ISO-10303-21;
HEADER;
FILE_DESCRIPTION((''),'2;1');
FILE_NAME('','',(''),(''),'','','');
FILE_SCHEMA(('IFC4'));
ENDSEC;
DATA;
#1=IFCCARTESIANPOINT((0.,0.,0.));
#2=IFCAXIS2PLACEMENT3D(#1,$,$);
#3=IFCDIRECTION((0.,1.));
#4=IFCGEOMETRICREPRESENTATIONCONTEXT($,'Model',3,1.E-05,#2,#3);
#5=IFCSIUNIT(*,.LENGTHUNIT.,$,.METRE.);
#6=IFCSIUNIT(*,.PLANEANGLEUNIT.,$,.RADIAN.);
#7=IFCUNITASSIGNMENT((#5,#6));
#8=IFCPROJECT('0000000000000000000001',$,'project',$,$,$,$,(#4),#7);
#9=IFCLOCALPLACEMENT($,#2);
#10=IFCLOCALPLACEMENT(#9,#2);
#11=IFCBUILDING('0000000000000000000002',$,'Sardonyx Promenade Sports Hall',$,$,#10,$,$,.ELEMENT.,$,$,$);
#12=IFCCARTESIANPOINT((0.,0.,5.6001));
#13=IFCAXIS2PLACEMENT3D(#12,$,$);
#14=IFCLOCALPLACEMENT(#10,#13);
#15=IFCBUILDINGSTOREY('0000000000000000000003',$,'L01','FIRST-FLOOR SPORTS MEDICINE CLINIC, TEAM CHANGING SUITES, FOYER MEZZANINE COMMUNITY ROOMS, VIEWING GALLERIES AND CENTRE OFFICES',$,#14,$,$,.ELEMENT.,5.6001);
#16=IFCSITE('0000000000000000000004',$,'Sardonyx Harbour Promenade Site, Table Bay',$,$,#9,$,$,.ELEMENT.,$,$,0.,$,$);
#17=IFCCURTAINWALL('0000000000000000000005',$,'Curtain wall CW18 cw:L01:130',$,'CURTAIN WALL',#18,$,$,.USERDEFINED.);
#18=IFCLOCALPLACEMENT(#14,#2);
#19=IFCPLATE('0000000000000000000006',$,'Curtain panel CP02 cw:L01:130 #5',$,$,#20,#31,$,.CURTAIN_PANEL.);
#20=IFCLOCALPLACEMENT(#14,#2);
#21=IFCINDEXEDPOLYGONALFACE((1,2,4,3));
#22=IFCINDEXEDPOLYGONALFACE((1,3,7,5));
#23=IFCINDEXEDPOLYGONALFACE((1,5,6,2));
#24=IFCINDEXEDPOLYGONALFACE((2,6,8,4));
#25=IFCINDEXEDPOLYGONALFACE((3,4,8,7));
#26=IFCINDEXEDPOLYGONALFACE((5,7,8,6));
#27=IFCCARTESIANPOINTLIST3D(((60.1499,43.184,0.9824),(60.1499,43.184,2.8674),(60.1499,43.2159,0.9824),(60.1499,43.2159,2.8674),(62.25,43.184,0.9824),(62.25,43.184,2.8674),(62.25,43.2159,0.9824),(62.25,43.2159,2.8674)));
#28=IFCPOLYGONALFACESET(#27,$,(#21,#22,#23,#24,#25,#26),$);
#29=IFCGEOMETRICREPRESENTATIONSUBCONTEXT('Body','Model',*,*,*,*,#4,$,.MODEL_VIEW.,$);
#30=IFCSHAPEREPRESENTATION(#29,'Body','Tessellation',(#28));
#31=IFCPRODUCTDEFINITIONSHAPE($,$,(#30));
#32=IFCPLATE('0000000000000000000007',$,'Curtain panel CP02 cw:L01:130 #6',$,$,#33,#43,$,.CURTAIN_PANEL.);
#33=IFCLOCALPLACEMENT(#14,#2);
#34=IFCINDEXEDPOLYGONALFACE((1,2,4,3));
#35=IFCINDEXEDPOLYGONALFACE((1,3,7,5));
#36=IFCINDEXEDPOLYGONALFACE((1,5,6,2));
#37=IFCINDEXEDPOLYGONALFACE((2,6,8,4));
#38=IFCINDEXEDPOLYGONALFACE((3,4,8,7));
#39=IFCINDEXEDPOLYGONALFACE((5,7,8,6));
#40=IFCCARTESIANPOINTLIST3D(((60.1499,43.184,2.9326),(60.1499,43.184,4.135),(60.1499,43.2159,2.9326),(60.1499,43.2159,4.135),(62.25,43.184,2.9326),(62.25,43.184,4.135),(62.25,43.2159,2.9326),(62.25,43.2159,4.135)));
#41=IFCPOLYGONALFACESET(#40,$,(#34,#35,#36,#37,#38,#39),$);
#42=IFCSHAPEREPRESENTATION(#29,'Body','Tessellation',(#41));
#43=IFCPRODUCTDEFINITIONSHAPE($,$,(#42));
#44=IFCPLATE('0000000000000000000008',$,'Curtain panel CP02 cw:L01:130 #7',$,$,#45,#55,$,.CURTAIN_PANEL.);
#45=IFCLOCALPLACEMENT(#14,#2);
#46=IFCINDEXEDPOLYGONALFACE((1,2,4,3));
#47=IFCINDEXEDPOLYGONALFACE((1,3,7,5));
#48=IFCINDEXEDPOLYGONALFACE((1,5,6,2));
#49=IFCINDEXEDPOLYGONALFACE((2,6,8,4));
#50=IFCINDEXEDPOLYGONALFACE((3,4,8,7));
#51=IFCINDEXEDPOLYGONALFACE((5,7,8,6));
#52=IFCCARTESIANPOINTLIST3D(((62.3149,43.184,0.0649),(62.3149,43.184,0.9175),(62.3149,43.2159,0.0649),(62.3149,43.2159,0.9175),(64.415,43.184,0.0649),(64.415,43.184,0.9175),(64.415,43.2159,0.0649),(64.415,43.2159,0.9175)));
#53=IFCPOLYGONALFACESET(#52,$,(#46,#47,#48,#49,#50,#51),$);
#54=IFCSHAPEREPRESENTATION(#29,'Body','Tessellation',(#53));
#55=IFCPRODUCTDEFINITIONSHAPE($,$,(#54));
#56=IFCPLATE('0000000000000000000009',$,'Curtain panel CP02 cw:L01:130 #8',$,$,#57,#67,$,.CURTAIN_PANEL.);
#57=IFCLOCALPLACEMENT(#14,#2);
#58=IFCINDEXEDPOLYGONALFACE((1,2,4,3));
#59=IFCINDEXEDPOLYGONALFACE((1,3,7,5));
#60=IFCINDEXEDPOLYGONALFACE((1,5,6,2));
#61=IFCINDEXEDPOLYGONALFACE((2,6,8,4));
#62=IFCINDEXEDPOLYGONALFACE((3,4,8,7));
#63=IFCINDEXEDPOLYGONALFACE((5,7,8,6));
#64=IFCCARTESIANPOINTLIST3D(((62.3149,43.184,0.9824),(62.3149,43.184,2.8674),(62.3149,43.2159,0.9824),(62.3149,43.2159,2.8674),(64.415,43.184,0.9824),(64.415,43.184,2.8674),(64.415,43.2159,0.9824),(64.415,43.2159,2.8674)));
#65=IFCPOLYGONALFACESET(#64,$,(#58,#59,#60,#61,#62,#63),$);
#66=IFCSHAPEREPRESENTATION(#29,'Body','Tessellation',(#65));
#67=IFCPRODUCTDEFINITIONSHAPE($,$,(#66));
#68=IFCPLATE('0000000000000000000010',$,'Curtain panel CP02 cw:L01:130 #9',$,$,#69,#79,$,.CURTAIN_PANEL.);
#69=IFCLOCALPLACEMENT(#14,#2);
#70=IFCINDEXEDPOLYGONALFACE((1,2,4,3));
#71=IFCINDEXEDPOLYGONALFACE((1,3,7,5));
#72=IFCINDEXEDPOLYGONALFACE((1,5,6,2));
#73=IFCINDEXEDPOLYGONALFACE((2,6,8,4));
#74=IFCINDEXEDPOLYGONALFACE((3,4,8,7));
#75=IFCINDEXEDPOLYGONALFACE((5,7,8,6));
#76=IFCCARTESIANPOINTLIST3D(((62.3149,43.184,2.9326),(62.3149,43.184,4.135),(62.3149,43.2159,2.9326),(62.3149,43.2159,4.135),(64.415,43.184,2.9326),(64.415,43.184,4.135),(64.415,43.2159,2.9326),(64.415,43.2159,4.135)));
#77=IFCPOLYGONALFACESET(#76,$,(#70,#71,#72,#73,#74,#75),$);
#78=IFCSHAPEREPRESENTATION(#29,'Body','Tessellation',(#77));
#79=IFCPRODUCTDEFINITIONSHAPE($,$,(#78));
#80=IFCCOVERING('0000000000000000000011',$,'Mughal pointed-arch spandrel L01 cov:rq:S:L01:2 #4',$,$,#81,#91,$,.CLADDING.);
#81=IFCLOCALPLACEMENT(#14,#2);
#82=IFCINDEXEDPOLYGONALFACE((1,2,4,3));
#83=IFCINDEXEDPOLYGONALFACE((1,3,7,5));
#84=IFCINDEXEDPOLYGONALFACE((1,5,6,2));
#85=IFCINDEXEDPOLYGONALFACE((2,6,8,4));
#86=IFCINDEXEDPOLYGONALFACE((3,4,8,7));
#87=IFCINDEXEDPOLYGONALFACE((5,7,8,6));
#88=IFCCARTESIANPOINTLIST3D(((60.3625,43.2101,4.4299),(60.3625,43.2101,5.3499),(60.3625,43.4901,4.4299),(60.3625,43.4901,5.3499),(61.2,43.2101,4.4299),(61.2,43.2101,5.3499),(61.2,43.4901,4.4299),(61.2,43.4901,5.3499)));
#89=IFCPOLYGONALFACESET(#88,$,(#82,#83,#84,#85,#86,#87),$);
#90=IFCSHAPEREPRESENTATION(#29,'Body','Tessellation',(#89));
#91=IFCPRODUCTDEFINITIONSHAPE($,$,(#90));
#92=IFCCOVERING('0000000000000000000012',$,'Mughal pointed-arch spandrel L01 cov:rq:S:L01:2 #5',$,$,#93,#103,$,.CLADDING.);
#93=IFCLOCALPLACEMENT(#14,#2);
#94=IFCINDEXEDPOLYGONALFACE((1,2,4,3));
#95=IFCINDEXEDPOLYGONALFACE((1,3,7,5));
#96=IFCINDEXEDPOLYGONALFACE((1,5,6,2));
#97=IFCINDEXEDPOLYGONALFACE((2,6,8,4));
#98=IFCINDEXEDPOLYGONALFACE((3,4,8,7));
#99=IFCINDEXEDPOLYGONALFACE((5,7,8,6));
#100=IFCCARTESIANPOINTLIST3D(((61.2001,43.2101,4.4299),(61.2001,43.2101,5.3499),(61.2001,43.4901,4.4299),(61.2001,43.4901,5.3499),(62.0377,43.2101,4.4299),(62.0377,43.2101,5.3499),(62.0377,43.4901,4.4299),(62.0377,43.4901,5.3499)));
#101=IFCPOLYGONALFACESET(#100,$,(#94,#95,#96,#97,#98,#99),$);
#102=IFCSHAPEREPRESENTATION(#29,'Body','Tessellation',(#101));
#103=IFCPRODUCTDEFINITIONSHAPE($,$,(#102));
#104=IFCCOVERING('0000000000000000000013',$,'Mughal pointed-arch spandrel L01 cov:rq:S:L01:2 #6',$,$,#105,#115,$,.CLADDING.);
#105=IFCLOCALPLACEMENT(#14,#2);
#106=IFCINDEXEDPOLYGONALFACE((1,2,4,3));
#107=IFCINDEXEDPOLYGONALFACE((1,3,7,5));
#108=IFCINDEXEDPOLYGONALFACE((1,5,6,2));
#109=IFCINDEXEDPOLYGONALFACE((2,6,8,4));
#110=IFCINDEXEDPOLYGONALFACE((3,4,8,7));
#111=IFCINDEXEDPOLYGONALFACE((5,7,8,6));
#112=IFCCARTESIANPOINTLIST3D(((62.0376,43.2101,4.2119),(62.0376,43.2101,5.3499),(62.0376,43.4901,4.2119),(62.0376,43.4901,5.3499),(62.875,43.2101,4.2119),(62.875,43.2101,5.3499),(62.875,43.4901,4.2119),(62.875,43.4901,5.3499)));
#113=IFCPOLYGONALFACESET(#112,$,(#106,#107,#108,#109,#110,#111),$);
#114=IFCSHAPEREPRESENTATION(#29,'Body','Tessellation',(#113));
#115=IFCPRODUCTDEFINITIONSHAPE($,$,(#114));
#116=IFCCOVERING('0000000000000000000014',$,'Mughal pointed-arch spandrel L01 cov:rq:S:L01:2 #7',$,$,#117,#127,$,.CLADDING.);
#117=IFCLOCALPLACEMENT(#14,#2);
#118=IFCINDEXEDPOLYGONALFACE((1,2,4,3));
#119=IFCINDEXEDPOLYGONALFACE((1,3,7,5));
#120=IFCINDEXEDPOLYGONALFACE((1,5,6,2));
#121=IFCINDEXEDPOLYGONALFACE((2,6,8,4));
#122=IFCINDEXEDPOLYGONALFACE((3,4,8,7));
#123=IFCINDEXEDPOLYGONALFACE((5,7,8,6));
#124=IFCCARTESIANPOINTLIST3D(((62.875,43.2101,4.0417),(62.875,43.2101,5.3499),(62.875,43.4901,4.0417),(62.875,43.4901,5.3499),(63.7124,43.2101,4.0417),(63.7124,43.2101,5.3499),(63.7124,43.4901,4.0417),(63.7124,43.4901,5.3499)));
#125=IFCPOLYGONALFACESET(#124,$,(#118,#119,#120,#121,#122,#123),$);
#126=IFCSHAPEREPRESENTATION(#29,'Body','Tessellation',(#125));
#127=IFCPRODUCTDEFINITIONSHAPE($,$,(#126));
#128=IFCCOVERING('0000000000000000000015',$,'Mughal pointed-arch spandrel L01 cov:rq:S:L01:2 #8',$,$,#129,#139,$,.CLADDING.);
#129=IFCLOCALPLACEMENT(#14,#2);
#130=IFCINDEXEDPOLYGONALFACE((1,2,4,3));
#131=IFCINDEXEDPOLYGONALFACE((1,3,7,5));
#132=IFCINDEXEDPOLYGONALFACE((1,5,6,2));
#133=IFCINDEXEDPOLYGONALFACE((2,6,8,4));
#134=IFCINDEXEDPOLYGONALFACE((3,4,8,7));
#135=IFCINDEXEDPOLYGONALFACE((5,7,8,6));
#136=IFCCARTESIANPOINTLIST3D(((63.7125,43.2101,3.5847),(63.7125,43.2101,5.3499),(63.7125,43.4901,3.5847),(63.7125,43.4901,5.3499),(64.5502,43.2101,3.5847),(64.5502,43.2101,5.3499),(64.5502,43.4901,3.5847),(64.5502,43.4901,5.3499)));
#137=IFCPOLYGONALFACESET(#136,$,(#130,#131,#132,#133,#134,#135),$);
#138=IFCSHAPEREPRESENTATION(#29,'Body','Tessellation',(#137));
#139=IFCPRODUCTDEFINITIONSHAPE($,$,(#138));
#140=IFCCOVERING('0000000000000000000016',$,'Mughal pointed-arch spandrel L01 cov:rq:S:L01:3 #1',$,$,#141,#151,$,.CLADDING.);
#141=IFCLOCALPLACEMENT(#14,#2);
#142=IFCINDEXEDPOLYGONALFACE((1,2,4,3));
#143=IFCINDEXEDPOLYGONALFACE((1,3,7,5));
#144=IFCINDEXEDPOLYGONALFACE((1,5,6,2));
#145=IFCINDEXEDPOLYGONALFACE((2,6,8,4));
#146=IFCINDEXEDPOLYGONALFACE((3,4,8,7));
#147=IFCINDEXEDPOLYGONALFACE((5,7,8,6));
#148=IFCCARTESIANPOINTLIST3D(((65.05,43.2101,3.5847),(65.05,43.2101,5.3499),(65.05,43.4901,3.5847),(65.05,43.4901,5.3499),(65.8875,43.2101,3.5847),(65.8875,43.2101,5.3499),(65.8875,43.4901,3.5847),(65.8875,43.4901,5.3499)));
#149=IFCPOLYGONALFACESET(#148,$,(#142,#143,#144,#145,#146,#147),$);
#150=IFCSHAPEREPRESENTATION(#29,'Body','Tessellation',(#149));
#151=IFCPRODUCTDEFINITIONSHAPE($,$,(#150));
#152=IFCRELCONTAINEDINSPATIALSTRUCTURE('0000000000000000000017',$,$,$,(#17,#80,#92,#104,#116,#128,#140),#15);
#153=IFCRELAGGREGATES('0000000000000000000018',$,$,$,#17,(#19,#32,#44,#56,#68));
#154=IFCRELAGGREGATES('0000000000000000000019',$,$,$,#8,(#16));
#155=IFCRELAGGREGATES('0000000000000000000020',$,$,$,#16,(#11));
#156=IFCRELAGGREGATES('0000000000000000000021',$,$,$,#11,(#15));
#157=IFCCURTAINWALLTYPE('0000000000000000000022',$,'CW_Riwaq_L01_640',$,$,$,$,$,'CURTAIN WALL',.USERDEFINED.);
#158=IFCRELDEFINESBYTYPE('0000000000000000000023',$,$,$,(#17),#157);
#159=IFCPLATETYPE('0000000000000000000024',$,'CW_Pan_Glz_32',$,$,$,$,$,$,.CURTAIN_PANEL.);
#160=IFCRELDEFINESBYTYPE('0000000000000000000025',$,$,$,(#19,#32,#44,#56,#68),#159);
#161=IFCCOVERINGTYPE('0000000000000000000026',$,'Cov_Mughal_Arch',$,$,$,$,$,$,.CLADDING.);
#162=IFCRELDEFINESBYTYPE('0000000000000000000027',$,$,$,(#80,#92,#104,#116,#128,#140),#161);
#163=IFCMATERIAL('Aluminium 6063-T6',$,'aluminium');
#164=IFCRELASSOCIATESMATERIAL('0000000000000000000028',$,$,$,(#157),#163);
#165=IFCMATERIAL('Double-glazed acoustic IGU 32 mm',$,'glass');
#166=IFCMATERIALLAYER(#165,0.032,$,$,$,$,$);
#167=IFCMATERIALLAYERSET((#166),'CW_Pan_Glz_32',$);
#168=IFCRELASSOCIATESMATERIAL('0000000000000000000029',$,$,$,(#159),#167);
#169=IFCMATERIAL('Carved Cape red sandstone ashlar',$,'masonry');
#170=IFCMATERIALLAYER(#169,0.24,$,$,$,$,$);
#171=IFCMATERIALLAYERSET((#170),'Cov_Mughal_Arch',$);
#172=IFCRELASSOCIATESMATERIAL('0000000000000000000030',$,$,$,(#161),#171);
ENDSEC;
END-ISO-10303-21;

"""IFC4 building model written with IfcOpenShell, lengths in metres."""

from ifc_helpers import new_model, si_unit, direction, frame, frame_2d, origin, origin_2d, place, context, subcontext, project, spatial, rectangle, extrude, material, layer, layer_set, type_object, element, aggregate, save


model = new_model("IFC4")

# Units and contexts
model_context = context("Model", 3, precision=1e-05, world=origin(), true_north=direction((0.0, 1.0)))
body_context = subcontext(model_context, "Body", "Model", "MODEL_VIEW")
ifc_project = project(units=[si_unit("LENGTHUNIT", "METRE"), si_unit("PLANEANGLEUNIT", "RADIAN")], contexts=[model_context])

# Site, building, storey
site_placement = place(None, origin())
site = spatial("IfcSite", under=ifc_project, at=site_placement, Name="Sardonyx Harbour Promenade Site, Table Bay", CompositionType="ELEMENT", RefElevation=0.0)
building_placement = place(site_placement, origin())
building = spatial("IfcBuilding", under=site, at=building_placement, Name="Sardonyx Promenade Sports Hall", CompositionType="ELEMENT")
storey_placement = place(building_placement, frame((0.0, 0.0, 5.6001)))
storey = spatial("IfcBuildingStorey", under=building, at=storey_placement, Name="L01", Description="FIRST-FLOOR SPORTS MEDICINE CLINIC, TEAM CHANGING SUITES, FOYER MEZZANINE COMMUNITY ROOMS, VIEWING GALLERIES AND CENTRE OFFICES", CompositionType="ELEMENT", Elevation=5.6001)

# Curtain wall
ifc_material_1 = material(Name="Aluminium 6063-T6", Category="aluminium")
curtain_wall_type = type_object("IfcCurtainWallType", Name="CW_Riwaq_L01_640", ElementType="CURTAIN WALL", PredefinedType="USERDEFINED", material=ifc_material_1)
curtain_wall_1_placement = place(storey_placement, origin())
curtain_wall_1 = element("IfcCurtainWall", 1, at=curtain_wall_1_placement, inside=storey, type_object=curtain_wall_type, Name="Curtain wall CW18 cw:L01:130", ObjectType="CURTAIN WALL", PredefinedType="USERDEFINED")

# Plates
ifc_material_2 = material(Name="Double-glazed acoustic IGU 32 mm", Category="glass")
ifc_layer_1 = layer(ifc_material_2, 0.032)
ifc_layer_set_1 = layer_set([ifc_layer_1], Name="CW_Pan_Glz_32")
plate_type = type_object("IfcPlateType", Name="CW_Pan_Glz_32", PredefinedType="CURTAIN_PANEL", material=ifc_layer_set_1)
plate_1_placement = place(storey_placement, frame((61.2, 43.2, 0.9824), z_axis=(0.0, 0.0, 1.0), x_axis=(1.0, 0.0, 0.0)))
plate_1 = element("IfcPlate", 2, at=plate_1_placement, type_object=plate_type, Name="Curtain panel CP02 cw:L01:130 #5", PredefinedType="CURTAIN_PANEL", context=body_context, shape_type="SweptSolid", body=[
    extrude(rectangle(XDim=2.1001, YDim=0.032, at=origin_2d()), origin(), (0.0, 0.0, 1.0), 1.885),
])
plate_2_placement = place(storey_placement, frame((61.2, 43.2, 2.9326), z_axis=(0.0, 0.0, 1.0), x_axis=(1.0, 0.0, 0.0)))
plate_2 = element("IfcPlate", 3, at=plate_2_placement, type_object=plate_type, Name="Curtain panel CP02 cw:L01:130 #6", PredefinedType="CURTAIN_PANEL", context=body_context, shape_type="SweptSolid", body=[
    extrude(rectangle(XDim=2.1001, YDim=0.032, at=origin_2d()), origin(), (0.0, 0.0, 1.0), 1.2024),
])
plate_3_placement = place(storey_placement, frame((63.365, 43.2, 0.0649), z_axis=(0.0, 0.0, 1.0), x_axis=(1.0, 0.0, 0.0)))
plate_3 = element("IfcPlate", 4, at=plate_3_placement, type_object=plate_type, Name="Curtain panel CP02 cw:L01:130 #7", PredefinedType="CURTAIN_PANEL", context=body_context, shape_type="SweptSolid", body=[
    extrude(rectangle(XDim=2.1001, YDim=0.032, at=origin_2d()), origin(), (0.0, 0.0, 1.0), 0.8525),
])
plate_4_placement = place(storey_placement, frame((63.365, 43.2, 0.9824), z_axis=(0.0, 0.0, 1.0), x_axis=(1.0, 0.0, 0.0)))
plate_4 = element("IfcPlate", 5, at=plate_4_placement, type_object=plate_type, Name="Curtain panel CP02 cw:L01:130 #8", PredefinedType="CURTAIN_PANEL", context=body_context, shape_type="SweptSolid", body=[
    extrude(rectangle(XDim=2.1001, YDim=0.032, at=origin_2d()), origin(), (0.0, 0.0, 1.0), 1.885),
])
plate_5_placement = place(storey_placement, frame((63.365, 43.2, 2.9326), z_axis=(0.0, 0.0, 1.0), x_axis=(1.0, 0.0, 0.0)))
plate_5 = element("IfcPlate", 6, at=plate_5_placement, type_object=plate_type, Name="Curtain panel CP02 cw:L01:130 #9", PredefinedType="CURTAIN_PANEL", context=body_context, shape_type="SweptSolid", body=[
    extrude(rectangle(XDim=2.1001, YDim=0.032, at=origin_2d()), origin(), (0.0, 0.0, 1.0), 1.2024),
])
aggregate(curtain_wall_1, [plate_1, plate_2, plate_3, plate_4, plate_5])

# Coverings
ifc_material_3 = material(Name="Carved Cape red sandstone ashlar", Category="masonry")
ifc_layer_2 = layer(ifc_material_3, 0.24)
ifc_layer_set_2 = layer_set([ifc_layer_2], Name="Cov_Mughal_Arch")
covering_type = type_object("IfcCoveringType", Name="Cov_Mughal_Arch", PredefinedType="CLADDING", material=ifc_layer_set_2)
covering_1_placement = place(storey_placement, frame((60.3625, 43.3501, 4.4299), z_axis=(0.0, 0.0, 1.0), x_axis=(1.0, 0.0, 0.0)))
element("IfcCovering", 7, at=covering_1_placement, inside=storey, type_object=covering_type, Name="Mughal pointed-arch spandrel L01 cov:rq:S:L01:2 #4", PredefinedType="CLADDING", context=body_context, shape_type="SweptSolid", body=[
    extrude(rectangle(XDim=0.8374, YDim=0.28, at=frame_2d((0.4187, 0.0))), origin(), (0.0, 0.0, 1.0), 0.9199),
])
covering_2_placement = place(storey_placement, frame((61.2, 43.3501, 4.4299), z_axis=(0.0, 0.0, 1.0), x_axis=(1.0, 0.0, 0.0)))
element("IfcCovering", 8, at=covering_2_placement, inside=storey, type_object=covering_type, Name="Mughal pointed-arch spandrel L01 cov:rq:S:L01:2 #5", PredefinedType="CLADDING", context=body_context, shape_type="SweptSolid", body=[
    extrude(rectangle(XDim=0.8376, YDim=0.28, at=frame_2d((0.4189, 0.0))), origin(), (0.0, 0.0, 1.0), 0.9199),
])
covering_3_placement = place(storey_placement, frame((62.0376, 43.3501, 4.2119), z_axis=(0.0, 0.0, 1.0), x_axis=(1.0, 0.0, 0.0)))
element("IfcCovering", 9, at=covering_3_placement, inside=storey, type_object=covering_type, Name="Mughal pointed-arch spandrel L01 cov:rq:S:L01:2 #6", PredefinedType="CLADDING", context=body_context, shape_type="SweptSolid", body=[
    extrude(rectangle(XDim=0.8374, YDim=0.28, at=frame_2d((0.4187, 0.0))), origin(), (0.0, 0.0, 1.0), 1.1379),
])
covering_4_placement = place(storey_placement, frame((62.875, 43.3501, 4.0417), z_axis=(0.0, 0.0, 1.0), x_axis=(1.0, 0.0, 0.0)))
element("IfcCovering", 10, at=covering_4_placement, inside=storey, type_object=covering_type, Name="Mughal pointed-arch spandrel L01 cov:rq:S:L01:2 #7", PredefinedType="CLADDING", context=body_context, shape_type="SweptSolid", body=[
    extrude(rectangle(XDim=0.8374, YDim=0.28, at=frame_2d((0.4187, 0.0))), origin(), (0.0, 0.0, 1.0), 1.3081),
])
covering_5_placement = place(storey_placement, frame((63.7124, 43.3501, 3.5847), z_axis=(0.0, 0.0, 1.0), x_axis=(1.0, 0.0, 0.0)))
element("IfcCovering", 11, at=covering_5_placement, inside=storey, type_object=covering_type, Name="Mughal pointed-arch spandrel L01 cov:rq:S:L01:2 #8", PredefinedType="CLADDING", context=body_context, shape_type="SweptSolid", body=[
    extrude(rectangle(XDim=0.8376, YDim=0.28, at=frame_2d((0.4189, 0.0))), origin(), (0.0, 0.0, 1.0), 1.7651),
])
covering_6_placement = place(storey_placement, frame((65.05, 43.3501, 3.5847), z_axis=(0.0, 0.0, 1.0), x_axis=(1.0, 0.0, 0.0)))
element("IfcCovering", 12, at=covering_6_placement, inside=storey, type_object=covering_type, Name="Mughal pointed-arch spandrel L01 cov:rq:S:L01:3 #1", PredefinedType="CLADDING", context=body_context, shape_type="SweptSolid", body=[
    extrude(rectangle(XDim=0.8374, YDim=0.28, at=frame_2d((0.4187, 0.0))), origin(), (0.0, 0.0, 1.0), 1.7651),
])

save(model, "model.ifc")
